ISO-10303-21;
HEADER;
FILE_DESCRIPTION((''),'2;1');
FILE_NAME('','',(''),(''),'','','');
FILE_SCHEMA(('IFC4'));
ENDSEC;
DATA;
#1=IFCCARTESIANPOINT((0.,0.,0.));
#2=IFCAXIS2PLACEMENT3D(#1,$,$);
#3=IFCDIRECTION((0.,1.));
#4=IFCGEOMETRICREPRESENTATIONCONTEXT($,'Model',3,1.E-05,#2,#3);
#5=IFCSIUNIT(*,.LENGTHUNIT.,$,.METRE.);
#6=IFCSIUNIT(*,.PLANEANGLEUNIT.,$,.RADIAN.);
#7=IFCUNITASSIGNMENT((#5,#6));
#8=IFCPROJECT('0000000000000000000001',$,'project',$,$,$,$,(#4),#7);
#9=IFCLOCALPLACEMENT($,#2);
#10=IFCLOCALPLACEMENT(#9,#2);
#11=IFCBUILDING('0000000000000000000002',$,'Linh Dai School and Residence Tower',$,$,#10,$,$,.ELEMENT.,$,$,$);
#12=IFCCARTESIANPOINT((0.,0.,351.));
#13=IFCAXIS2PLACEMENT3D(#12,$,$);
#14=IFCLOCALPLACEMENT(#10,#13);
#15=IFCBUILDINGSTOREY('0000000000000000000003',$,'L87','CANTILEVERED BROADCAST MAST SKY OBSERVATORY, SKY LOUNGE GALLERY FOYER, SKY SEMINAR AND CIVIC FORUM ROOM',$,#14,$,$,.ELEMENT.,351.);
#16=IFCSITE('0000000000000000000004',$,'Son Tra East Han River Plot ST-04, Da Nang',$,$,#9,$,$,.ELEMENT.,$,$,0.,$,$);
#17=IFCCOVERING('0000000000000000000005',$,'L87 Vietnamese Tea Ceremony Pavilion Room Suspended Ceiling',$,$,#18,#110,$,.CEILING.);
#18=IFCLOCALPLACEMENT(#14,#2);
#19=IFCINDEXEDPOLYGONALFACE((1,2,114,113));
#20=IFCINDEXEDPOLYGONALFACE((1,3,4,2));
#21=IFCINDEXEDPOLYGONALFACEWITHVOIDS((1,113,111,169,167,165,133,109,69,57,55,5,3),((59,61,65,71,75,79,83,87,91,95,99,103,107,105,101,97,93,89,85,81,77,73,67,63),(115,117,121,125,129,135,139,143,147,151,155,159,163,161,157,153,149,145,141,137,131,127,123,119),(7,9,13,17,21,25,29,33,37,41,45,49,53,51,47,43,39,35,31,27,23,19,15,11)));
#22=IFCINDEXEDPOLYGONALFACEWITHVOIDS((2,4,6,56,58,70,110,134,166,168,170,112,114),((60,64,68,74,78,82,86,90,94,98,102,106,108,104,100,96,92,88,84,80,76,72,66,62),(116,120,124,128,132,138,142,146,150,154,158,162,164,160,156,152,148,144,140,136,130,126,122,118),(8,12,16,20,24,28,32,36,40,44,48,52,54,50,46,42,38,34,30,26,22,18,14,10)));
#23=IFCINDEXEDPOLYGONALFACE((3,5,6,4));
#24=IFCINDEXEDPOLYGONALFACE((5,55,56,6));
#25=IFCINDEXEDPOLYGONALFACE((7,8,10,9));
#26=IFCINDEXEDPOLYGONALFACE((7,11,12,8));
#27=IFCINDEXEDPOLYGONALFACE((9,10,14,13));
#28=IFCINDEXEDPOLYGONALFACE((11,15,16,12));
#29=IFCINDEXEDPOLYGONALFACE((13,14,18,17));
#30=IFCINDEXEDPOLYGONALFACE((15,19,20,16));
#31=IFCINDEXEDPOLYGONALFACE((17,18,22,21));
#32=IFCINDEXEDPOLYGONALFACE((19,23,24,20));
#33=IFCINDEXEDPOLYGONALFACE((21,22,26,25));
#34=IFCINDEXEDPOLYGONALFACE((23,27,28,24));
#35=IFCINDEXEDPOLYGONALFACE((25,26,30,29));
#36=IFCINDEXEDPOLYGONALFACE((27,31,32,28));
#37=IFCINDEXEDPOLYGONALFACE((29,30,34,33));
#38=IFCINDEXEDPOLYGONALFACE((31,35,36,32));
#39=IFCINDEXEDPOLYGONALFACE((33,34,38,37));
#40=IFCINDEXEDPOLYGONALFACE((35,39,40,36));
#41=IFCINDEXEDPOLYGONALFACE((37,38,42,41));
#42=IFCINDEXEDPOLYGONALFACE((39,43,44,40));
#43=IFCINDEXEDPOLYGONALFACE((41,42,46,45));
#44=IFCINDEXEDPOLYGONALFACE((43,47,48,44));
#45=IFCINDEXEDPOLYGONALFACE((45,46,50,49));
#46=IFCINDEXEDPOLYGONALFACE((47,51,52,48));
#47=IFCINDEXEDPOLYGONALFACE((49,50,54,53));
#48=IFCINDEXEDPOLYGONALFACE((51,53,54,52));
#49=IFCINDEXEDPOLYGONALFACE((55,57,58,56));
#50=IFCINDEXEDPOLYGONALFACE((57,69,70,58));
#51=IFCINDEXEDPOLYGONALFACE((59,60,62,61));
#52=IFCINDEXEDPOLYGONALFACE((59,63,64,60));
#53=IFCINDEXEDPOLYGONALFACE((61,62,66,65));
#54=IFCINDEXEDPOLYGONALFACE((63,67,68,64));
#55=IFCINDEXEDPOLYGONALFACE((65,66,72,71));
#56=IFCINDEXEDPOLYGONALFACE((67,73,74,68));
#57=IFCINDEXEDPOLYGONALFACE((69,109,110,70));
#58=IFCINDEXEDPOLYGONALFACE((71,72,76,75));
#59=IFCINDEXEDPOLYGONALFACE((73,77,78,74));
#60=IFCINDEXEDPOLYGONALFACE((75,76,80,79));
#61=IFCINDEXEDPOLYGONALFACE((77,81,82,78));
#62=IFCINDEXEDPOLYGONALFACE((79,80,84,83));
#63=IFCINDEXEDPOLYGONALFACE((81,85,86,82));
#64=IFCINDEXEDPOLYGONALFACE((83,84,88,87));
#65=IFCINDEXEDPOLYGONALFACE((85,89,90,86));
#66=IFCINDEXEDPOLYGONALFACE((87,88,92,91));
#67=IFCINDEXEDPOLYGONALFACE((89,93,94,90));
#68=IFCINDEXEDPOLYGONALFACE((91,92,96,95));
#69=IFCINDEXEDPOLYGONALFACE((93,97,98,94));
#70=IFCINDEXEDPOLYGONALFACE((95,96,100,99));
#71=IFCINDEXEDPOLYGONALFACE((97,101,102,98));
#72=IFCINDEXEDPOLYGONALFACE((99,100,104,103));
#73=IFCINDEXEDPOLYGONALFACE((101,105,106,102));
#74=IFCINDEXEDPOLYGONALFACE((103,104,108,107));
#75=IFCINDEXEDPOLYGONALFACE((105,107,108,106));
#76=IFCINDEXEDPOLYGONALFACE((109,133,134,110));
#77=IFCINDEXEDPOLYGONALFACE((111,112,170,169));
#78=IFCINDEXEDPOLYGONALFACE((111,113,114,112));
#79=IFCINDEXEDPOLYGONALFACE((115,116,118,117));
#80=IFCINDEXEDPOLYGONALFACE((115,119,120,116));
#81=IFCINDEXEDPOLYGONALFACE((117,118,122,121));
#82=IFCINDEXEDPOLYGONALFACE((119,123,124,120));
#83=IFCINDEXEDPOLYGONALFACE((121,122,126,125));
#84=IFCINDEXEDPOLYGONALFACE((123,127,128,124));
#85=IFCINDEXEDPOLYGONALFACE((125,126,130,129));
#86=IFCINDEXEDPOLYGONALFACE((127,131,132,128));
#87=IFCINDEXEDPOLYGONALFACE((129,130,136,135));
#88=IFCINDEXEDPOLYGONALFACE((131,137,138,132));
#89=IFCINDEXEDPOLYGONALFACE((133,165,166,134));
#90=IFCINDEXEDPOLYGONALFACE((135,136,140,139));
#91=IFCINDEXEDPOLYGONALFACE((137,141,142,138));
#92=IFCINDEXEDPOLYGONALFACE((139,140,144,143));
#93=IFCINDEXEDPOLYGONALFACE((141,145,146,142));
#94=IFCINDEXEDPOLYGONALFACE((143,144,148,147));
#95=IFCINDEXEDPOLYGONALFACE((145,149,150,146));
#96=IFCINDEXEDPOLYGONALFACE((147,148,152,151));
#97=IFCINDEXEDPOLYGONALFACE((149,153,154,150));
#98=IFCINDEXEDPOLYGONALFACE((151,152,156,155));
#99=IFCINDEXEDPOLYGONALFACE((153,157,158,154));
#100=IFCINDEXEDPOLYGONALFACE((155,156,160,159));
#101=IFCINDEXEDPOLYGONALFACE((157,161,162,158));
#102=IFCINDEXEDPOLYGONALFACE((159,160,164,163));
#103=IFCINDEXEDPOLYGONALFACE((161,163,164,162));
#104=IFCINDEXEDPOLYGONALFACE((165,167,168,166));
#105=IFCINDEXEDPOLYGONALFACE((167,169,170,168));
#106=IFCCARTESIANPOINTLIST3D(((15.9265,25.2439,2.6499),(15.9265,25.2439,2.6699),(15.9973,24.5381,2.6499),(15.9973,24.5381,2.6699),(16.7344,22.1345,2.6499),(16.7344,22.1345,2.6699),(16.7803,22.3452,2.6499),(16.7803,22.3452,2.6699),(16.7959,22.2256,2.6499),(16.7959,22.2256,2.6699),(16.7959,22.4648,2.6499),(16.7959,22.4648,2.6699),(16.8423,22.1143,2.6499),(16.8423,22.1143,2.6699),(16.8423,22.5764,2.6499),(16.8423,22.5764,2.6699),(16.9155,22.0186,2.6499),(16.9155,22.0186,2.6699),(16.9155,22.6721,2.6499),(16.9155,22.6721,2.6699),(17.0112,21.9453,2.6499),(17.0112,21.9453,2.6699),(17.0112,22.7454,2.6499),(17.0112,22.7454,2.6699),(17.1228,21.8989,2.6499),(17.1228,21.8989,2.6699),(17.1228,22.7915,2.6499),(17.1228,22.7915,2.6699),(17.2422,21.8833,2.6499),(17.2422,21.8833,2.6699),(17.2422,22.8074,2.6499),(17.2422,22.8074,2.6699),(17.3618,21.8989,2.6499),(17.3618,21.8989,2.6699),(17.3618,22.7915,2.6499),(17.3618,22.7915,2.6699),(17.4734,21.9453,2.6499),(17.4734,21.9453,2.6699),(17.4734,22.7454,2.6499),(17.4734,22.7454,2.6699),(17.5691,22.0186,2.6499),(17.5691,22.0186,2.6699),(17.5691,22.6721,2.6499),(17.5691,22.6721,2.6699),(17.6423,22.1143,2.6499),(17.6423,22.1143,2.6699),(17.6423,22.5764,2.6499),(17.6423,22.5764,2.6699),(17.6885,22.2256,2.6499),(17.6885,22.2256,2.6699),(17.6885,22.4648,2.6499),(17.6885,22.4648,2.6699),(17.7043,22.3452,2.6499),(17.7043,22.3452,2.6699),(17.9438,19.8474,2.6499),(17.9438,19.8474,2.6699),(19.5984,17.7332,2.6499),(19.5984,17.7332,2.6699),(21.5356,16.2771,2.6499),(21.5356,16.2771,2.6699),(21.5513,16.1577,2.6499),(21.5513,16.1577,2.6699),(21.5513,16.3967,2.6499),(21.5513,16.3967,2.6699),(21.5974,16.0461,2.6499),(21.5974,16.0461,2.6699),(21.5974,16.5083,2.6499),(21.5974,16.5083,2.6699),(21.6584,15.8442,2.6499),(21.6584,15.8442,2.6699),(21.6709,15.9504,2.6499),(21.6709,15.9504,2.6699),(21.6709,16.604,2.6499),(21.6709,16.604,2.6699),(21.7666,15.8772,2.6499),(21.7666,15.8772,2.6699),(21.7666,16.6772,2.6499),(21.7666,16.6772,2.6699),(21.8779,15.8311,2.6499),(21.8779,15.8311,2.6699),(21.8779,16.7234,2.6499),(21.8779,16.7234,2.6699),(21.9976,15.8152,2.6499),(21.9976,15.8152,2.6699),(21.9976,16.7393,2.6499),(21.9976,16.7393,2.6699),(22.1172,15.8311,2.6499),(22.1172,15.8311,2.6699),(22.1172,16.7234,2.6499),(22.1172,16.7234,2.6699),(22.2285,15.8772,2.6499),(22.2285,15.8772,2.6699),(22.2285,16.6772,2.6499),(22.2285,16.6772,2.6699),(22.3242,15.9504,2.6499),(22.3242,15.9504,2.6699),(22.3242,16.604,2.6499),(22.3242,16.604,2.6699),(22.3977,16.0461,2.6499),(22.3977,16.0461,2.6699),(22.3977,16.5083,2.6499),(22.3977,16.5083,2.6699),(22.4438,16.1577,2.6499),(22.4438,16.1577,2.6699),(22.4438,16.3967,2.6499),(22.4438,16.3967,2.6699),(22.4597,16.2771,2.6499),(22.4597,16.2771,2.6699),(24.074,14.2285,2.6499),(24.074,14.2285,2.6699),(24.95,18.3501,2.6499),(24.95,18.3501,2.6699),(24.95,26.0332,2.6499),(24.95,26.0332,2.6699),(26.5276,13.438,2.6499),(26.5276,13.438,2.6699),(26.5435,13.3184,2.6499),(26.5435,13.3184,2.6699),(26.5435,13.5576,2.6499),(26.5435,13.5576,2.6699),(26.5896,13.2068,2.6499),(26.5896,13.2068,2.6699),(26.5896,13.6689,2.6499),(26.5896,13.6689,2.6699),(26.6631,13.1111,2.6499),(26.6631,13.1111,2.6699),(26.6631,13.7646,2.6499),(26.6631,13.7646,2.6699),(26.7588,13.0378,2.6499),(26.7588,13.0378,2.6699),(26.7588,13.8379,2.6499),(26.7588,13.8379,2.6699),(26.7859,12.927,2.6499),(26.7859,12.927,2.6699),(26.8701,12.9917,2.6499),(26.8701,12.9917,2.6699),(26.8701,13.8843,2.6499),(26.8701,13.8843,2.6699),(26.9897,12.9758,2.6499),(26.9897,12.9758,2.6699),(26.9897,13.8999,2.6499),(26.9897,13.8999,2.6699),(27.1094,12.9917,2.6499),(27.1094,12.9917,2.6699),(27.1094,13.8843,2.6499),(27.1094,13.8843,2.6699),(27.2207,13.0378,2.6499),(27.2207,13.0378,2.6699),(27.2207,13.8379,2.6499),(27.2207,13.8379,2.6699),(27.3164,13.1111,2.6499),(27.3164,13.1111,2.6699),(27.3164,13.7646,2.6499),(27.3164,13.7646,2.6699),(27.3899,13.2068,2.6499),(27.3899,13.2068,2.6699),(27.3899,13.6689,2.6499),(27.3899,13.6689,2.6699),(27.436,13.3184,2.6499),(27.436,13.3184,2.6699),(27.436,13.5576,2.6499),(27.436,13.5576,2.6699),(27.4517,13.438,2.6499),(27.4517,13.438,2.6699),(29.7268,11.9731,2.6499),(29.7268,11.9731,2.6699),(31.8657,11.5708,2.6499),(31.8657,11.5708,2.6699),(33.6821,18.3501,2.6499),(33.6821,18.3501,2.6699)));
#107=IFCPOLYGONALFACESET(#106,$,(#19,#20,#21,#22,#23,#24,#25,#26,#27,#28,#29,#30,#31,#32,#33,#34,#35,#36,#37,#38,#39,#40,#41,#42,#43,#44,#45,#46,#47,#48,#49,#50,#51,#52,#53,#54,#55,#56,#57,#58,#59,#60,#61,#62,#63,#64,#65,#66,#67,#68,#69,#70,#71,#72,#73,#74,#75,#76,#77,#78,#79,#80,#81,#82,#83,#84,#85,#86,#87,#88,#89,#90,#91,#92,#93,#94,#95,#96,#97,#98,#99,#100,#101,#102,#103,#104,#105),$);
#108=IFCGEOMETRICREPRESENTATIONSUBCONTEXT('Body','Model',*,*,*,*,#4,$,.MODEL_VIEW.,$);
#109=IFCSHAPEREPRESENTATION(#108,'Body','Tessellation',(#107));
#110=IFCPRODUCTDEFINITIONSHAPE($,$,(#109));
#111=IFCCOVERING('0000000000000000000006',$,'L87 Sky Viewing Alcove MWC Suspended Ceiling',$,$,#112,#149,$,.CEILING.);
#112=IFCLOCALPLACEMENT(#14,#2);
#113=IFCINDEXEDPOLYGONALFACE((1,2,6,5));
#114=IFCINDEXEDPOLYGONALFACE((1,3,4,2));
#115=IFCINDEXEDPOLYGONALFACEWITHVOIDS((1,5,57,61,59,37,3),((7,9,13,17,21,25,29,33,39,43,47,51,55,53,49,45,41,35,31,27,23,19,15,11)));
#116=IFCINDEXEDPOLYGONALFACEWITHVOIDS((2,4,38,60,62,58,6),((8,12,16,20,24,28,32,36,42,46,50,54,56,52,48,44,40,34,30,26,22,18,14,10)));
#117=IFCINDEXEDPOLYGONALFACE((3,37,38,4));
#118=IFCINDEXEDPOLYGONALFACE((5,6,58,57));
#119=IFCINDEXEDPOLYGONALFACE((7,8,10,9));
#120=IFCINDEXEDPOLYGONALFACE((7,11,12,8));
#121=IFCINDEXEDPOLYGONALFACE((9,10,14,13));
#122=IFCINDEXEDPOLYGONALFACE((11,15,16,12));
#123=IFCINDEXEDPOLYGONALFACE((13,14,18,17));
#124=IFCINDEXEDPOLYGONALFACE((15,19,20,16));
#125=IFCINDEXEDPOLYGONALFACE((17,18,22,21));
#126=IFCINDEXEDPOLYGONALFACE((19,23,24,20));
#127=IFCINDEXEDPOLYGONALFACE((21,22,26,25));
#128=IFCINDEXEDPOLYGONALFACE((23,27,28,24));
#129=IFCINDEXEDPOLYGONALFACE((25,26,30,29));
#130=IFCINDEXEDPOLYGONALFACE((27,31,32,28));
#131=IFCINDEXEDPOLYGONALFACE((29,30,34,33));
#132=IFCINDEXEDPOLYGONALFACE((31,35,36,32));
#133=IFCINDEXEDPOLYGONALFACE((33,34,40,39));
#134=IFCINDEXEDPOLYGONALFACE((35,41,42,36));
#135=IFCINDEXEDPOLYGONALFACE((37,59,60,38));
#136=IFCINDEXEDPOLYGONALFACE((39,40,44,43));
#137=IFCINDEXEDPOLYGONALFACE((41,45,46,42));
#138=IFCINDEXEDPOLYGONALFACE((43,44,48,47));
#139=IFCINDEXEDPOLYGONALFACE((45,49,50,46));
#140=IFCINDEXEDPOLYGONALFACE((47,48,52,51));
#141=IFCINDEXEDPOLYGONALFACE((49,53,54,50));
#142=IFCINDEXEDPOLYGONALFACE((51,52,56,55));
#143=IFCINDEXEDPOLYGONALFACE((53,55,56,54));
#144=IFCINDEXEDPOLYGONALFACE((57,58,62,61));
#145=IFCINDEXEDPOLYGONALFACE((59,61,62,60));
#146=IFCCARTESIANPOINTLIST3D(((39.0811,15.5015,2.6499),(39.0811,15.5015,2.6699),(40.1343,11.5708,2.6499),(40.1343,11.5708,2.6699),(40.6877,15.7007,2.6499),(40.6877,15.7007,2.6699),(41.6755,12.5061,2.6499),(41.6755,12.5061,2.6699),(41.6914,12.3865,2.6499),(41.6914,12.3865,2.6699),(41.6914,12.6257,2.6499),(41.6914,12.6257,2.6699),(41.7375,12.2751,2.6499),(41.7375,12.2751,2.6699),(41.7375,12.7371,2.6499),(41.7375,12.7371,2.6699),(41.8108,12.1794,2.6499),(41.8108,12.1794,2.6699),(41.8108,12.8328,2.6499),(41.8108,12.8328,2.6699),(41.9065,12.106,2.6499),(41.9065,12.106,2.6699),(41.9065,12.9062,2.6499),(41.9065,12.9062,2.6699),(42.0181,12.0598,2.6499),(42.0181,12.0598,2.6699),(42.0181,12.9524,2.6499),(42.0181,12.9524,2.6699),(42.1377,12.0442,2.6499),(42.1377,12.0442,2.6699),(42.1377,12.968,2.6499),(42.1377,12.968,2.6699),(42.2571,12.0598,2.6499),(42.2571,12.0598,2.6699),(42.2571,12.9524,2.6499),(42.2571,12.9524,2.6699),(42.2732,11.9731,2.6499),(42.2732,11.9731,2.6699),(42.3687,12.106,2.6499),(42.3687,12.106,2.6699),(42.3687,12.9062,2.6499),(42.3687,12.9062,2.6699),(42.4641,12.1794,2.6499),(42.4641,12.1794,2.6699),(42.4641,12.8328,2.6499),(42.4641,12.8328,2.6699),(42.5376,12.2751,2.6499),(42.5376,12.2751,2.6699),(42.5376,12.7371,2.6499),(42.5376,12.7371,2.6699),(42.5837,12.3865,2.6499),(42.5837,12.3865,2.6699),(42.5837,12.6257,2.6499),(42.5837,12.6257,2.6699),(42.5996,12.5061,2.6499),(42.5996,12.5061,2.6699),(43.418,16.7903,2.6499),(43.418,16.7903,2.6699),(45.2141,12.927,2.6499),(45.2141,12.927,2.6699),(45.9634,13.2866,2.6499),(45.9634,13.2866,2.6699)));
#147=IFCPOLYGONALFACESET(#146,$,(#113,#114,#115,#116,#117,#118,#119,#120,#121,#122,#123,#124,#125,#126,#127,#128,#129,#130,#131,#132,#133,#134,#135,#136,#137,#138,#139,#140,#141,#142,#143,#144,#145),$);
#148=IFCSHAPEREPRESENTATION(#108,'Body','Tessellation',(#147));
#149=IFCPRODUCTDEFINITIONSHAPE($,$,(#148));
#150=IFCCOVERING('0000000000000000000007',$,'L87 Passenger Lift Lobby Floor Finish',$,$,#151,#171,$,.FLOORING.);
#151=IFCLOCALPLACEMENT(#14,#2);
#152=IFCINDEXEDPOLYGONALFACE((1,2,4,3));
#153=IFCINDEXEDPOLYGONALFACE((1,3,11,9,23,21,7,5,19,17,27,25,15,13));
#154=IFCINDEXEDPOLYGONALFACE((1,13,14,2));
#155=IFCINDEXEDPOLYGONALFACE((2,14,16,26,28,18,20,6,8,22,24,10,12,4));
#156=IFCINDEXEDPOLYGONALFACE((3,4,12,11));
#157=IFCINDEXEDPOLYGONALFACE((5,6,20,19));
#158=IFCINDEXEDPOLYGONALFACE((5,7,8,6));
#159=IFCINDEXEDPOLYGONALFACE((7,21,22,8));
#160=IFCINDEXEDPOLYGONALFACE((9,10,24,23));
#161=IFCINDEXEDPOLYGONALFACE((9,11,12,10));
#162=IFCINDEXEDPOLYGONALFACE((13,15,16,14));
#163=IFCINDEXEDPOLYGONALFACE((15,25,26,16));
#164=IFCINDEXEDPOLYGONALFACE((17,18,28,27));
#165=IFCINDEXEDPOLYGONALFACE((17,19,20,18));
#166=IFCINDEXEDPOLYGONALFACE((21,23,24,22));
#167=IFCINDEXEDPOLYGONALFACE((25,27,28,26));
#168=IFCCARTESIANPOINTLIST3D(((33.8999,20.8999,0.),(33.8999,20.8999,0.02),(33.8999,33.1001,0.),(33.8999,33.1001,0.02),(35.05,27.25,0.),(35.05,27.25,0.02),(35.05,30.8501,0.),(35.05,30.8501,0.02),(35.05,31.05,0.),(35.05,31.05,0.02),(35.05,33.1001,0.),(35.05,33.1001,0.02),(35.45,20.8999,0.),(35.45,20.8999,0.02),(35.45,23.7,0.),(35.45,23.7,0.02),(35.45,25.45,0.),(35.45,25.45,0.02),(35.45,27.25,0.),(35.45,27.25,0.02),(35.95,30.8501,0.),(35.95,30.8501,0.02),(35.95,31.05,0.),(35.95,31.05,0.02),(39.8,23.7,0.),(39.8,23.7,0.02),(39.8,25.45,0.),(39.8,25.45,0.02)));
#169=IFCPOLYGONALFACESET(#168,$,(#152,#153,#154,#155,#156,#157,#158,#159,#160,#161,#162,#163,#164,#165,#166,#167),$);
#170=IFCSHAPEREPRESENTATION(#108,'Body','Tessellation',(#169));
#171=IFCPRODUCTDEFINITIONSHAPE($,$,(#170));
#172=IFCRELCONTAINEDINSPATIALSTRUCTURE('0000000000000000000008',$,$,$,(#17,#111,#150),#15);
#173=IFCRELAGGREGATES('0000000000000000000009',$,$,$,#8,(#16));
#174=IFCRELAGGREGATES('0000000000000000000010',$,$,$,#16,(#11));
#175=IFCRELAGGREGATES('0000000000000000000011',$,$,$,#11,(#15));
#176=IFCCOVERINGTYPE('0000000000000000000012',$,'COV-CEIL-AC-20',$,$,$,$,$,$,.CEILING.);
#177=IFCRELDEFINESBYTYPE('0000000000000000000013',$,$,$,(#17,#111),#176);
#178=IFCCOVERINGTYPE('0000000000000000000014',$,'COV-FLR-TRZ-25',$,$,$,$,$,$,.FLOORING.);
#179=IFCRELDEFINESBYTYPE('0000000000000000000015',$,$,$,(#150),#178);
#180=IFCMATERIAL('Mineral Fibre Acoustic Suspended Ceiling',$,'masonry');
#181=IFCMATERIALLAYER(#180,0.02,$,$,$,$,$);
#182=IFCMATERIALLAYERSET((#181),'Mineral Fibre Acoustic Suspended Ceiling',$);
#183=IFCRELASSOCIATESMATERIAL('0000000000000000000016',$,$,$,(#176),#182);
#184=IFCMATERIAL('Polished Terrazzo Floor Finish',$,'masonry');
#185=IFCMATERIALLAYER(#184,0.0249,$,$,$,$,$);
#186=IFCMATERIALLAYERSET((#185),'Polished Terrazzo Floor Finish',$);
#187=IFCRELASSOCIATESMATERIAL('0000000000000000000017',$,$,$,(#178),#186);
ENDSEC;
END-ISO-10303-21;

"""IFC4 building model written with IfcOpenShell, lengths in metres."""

from ifc_helpers import new_model, si_unit, direction, frame, origin, place, context, subcontext, project, spatial, polyline, outline, extrude, material, layer, layer_set, type_object, element, save


model = new_model("IFC4")

# Units and contexts
model_context = context("Model", 3, precision=1e-05, world=origin(), true_north=direction((0.0, 1.0)))
body_context = subcontext(model_context, "Body", "Model", "MODEL_VIEW")
ifc_project = project(units=[si_unit("LENGTHUNIT", "METRE"), si_unit("PLANEANGLEUNIT", "RADIAN")], contexts=[model_context])

# Site, building, storey
site_placement = place(None, origin())
site = spatial("IfcSite", under=ifc_project, at=site_placement, Name="Son Tra East Han River Plot ST-04, Da Nang", CompositionType="ELEMENT", RefElevation=0.0)
building_placement = place(site_placement, origin())
building = spatial("IfcBuilding", under=site, at=building_placement, Name="Linh Dai School and Residence Tower", CompositionType="ELEMENT")
storey_placement = place(building_placement, frame((0.0, 0.0, 351.0)))
storey = spatial("IfcBuildingStorey", under=building, at=storey_placement, Name="L87", Description="CANTILEVERED BROADCAST MAST SKY OBSERVATORY, SKY LOUNGE GALLERY FOYER, SKY SEMINAR AND CIVIC FORUM ROOM", CompositionType="ELEMENT", Elevation=351.0)

# Coverings
ifc_material_1 = material(Name="Mineral Fibre Acoustic Suspended Ceiling", Category="masonry")
ifc_layer_1 = layer(ifc_material_1, 0.02)
ifc_layer_set_1 = layer_set([ifc_layer_1], Name="Mineral Fibre Acoustic Suspended Ceiling")
covering_type_1 = type_object("IfcCoveringType", Name="COV-CEIL-AC-20", PredefinedType="CEILING", material=ifc_layer_set_1)
covering_1_placement = place(storey_placement, frame((0.0, 0.0, 2.6499)))
element("IfcCovering", 1, at=covering_1_placement, inside=storey, type_object=covering_type_1, Name="L87 Vietnamese Tea Ceremony Pavilion Room Suspended Ceiling", PredefinedType="CEILING", context=body_context, shape_type="SweptSolid", body=[
    extrude(outline(polyline([(26.7859, 12.927), (24.074, 14.2285), (21.6584, 15.8442), (19.5984, 17.7332), (17.9438, 19.8474), (16.7344, 22.1345), (15.9973, 24.5381), (15.9265, 25.2439), (24.95, 26.0332), (24.95, 18.3501), (33.6821, 18.3501), (31.8657, 11.5708), (29.7268, 11.9731), (26.7859, 12.927)]), holes=[polyline([(27.436, 13.3184), (27.4517, 13.438), (27.436, 13.5576), (27.3899, 13.6689), (27.3164, 13.7646), (27.2207, 13.8379), (27.1094, 13.8843), (26.9897, 13.8999), (26.8701, 13.8843), (26.7588, 13.8379), (26.6631, 13.7646), (26.5896, 13.6689), (26.5435, 13.5576), (26.5276, 13.438), (26.5435, 13.3184), (26.5896, 13.2068), (26.6631, 13.1111), (26.7588, 13.0378), (26.8701, 12.9917), (26.9897, 12.9758), (27.1094, 12.9917), (27.2207, 13.0378), (27.3164, 13.1111), (27.3899, 13.2068), (27.436, 13.3184)]), polyline([(22.4438, 16.1577), (22.4597, 16.2771), (22.4438, 16.3967), (22.3977, 16.5083), (22.3242, 16.604), (22.2285, 16.6772), (22.1172, 16.7234), (21.9976, 16.7393), (21.8779, 16.7234), (21.7666, 16.6772), (21.6709, 16.604), (21.5974, 16.5083), (21.5513, 16.3967), (21.5356, 16.2771), (21.5513, 16.1577), (21.5974, 16.0461), (21.6709, 15.9504), (21.7666, 15.8772), (21.8779, 15.8311), (21.9976, 15.8152), (22.1172, 15.8311), (22.2285, 15.8772), (22.3242, 15.9504), (22.3977, 16.0461), (22.4438, 16.1577)]), polyline([(17.6423, 22.1143), (17.6885, 22.2256), (17.7043, 22.3452), (17.6885, 22.4648), (17.6423, 22.5764), (17.5691, 22.6721), (17.4734, 22.7454), (17.3618, 22.7915), (17.2422, 22.8074), (17.1228, 22.7915), (17.0112, 22.7454), (16.9155, 22.6721), (16.8423, 22.5764), (16.7959, 22.4648), (16.7803, 22.3452), (16.7959, 22.2256), (16.8423, 22.1143), (16.9155, 22.0186), (17.0112, 21.9453), (17.1228, 21.8989), (17.2422, 21.8833), (17.3618, 21.8989), (17.4734, 21.9453), (17.5691, 22.0186), (17.6423, 22.1143)])]), origin(), (0.0, 0.0, 1.0), 0.02),
])
covering_2_placement = place(storey_placement, frame((0.0, 0.0, 2.6499)))
element("IfcCovering", 2, at=covering_2_placement, inside=storey, type_object=covering_type_1, Name="L87 Sky Viewing Alcove MWC Suspended Ceiling", PredefinedType="CEILING", context=body_context, shape_type="SweptSolid", body=[
    extrude(outline(polyline([(40.6877, 15.7007), (43.418, 16.7903), (45.9634, 13.2866), (45.2141, 12.927), (42.2732, 11.9731), (40.1343, 11.5708), (39.0811, 15.5015), (40.6877, 15.7007)]), holes=[polyline([(42.5837, 12.6257), (42.5376, 12.7371), (42.4641, 12.8328), (42.3687, 12.9062), (42.2571, 12.9524), (42.1377, 12.968), (42.0181, 12.9524), (41.9065, 12.9062), (41.8108, 12.8328), (41.7375, 12.7371), (41.6914, 12.6257), (41.6755, 12.5061), (41.6914, 12.3865), (41.7375, 12.2751), (41.8108, 12.1794), (41.9065, 12.106), (42.0181, 12.0598), (42.1377, 12.0442), (42.2571, 12.0598), (42.3687, 12.106), (42.4641, 12.1794), (42.5376, 12.2751), (42.5837, 12.3865), (42.5996, 12.5061), (42.5837, 12.6257)])]), origin(), (0.0, 0.0, 1.0), 0.02),
])
ifc_material_2 = material(Name="Polished Terrazzo Floor Finish", Category="masonry")
ifc_layer_2 = layer(ifc_material_2, 0.0249)
ifc_layer_set_2 = layer_set([ifc_layer_2], Name="Polished Terrazzo Floor Finish")
covering_type_2 = type_object("IfcCoveringType", Name="COV-FLR-TRZ-25", PredefinedType="FLOORING", material=ifc_layer_set_2)
covering_3_placement = place(storey_placement, origin())
element("IfcCovering", 3, at=covering_3_placement, inside=storey, type_object=covering_type_2, Name="L87 Passenger Lift Lobby Floor Finish", PredefinedType="FLOORING", context=body_context, shape_type="SweptSolid", body=[
    extrude(outline(polyline([(35.05, 33.1001), (35.05, 31.05), (35.95, 31.05), (35.95, 30.8501), (35.05, 30.8501), (35.05, 27.25), (35.45, 27.25), (35.45, 25.45), (39.8, 25.45), (39.8, 23.7), (35.45, 23.7), (35.45, 20.8999), (33.8999, 20.8999), (33.8999, 33.1001), (35.05, 33.1001)])), origin(), (0.0, 0.0, 1.0), 0.02),
])

save(model, "model.ifc")
